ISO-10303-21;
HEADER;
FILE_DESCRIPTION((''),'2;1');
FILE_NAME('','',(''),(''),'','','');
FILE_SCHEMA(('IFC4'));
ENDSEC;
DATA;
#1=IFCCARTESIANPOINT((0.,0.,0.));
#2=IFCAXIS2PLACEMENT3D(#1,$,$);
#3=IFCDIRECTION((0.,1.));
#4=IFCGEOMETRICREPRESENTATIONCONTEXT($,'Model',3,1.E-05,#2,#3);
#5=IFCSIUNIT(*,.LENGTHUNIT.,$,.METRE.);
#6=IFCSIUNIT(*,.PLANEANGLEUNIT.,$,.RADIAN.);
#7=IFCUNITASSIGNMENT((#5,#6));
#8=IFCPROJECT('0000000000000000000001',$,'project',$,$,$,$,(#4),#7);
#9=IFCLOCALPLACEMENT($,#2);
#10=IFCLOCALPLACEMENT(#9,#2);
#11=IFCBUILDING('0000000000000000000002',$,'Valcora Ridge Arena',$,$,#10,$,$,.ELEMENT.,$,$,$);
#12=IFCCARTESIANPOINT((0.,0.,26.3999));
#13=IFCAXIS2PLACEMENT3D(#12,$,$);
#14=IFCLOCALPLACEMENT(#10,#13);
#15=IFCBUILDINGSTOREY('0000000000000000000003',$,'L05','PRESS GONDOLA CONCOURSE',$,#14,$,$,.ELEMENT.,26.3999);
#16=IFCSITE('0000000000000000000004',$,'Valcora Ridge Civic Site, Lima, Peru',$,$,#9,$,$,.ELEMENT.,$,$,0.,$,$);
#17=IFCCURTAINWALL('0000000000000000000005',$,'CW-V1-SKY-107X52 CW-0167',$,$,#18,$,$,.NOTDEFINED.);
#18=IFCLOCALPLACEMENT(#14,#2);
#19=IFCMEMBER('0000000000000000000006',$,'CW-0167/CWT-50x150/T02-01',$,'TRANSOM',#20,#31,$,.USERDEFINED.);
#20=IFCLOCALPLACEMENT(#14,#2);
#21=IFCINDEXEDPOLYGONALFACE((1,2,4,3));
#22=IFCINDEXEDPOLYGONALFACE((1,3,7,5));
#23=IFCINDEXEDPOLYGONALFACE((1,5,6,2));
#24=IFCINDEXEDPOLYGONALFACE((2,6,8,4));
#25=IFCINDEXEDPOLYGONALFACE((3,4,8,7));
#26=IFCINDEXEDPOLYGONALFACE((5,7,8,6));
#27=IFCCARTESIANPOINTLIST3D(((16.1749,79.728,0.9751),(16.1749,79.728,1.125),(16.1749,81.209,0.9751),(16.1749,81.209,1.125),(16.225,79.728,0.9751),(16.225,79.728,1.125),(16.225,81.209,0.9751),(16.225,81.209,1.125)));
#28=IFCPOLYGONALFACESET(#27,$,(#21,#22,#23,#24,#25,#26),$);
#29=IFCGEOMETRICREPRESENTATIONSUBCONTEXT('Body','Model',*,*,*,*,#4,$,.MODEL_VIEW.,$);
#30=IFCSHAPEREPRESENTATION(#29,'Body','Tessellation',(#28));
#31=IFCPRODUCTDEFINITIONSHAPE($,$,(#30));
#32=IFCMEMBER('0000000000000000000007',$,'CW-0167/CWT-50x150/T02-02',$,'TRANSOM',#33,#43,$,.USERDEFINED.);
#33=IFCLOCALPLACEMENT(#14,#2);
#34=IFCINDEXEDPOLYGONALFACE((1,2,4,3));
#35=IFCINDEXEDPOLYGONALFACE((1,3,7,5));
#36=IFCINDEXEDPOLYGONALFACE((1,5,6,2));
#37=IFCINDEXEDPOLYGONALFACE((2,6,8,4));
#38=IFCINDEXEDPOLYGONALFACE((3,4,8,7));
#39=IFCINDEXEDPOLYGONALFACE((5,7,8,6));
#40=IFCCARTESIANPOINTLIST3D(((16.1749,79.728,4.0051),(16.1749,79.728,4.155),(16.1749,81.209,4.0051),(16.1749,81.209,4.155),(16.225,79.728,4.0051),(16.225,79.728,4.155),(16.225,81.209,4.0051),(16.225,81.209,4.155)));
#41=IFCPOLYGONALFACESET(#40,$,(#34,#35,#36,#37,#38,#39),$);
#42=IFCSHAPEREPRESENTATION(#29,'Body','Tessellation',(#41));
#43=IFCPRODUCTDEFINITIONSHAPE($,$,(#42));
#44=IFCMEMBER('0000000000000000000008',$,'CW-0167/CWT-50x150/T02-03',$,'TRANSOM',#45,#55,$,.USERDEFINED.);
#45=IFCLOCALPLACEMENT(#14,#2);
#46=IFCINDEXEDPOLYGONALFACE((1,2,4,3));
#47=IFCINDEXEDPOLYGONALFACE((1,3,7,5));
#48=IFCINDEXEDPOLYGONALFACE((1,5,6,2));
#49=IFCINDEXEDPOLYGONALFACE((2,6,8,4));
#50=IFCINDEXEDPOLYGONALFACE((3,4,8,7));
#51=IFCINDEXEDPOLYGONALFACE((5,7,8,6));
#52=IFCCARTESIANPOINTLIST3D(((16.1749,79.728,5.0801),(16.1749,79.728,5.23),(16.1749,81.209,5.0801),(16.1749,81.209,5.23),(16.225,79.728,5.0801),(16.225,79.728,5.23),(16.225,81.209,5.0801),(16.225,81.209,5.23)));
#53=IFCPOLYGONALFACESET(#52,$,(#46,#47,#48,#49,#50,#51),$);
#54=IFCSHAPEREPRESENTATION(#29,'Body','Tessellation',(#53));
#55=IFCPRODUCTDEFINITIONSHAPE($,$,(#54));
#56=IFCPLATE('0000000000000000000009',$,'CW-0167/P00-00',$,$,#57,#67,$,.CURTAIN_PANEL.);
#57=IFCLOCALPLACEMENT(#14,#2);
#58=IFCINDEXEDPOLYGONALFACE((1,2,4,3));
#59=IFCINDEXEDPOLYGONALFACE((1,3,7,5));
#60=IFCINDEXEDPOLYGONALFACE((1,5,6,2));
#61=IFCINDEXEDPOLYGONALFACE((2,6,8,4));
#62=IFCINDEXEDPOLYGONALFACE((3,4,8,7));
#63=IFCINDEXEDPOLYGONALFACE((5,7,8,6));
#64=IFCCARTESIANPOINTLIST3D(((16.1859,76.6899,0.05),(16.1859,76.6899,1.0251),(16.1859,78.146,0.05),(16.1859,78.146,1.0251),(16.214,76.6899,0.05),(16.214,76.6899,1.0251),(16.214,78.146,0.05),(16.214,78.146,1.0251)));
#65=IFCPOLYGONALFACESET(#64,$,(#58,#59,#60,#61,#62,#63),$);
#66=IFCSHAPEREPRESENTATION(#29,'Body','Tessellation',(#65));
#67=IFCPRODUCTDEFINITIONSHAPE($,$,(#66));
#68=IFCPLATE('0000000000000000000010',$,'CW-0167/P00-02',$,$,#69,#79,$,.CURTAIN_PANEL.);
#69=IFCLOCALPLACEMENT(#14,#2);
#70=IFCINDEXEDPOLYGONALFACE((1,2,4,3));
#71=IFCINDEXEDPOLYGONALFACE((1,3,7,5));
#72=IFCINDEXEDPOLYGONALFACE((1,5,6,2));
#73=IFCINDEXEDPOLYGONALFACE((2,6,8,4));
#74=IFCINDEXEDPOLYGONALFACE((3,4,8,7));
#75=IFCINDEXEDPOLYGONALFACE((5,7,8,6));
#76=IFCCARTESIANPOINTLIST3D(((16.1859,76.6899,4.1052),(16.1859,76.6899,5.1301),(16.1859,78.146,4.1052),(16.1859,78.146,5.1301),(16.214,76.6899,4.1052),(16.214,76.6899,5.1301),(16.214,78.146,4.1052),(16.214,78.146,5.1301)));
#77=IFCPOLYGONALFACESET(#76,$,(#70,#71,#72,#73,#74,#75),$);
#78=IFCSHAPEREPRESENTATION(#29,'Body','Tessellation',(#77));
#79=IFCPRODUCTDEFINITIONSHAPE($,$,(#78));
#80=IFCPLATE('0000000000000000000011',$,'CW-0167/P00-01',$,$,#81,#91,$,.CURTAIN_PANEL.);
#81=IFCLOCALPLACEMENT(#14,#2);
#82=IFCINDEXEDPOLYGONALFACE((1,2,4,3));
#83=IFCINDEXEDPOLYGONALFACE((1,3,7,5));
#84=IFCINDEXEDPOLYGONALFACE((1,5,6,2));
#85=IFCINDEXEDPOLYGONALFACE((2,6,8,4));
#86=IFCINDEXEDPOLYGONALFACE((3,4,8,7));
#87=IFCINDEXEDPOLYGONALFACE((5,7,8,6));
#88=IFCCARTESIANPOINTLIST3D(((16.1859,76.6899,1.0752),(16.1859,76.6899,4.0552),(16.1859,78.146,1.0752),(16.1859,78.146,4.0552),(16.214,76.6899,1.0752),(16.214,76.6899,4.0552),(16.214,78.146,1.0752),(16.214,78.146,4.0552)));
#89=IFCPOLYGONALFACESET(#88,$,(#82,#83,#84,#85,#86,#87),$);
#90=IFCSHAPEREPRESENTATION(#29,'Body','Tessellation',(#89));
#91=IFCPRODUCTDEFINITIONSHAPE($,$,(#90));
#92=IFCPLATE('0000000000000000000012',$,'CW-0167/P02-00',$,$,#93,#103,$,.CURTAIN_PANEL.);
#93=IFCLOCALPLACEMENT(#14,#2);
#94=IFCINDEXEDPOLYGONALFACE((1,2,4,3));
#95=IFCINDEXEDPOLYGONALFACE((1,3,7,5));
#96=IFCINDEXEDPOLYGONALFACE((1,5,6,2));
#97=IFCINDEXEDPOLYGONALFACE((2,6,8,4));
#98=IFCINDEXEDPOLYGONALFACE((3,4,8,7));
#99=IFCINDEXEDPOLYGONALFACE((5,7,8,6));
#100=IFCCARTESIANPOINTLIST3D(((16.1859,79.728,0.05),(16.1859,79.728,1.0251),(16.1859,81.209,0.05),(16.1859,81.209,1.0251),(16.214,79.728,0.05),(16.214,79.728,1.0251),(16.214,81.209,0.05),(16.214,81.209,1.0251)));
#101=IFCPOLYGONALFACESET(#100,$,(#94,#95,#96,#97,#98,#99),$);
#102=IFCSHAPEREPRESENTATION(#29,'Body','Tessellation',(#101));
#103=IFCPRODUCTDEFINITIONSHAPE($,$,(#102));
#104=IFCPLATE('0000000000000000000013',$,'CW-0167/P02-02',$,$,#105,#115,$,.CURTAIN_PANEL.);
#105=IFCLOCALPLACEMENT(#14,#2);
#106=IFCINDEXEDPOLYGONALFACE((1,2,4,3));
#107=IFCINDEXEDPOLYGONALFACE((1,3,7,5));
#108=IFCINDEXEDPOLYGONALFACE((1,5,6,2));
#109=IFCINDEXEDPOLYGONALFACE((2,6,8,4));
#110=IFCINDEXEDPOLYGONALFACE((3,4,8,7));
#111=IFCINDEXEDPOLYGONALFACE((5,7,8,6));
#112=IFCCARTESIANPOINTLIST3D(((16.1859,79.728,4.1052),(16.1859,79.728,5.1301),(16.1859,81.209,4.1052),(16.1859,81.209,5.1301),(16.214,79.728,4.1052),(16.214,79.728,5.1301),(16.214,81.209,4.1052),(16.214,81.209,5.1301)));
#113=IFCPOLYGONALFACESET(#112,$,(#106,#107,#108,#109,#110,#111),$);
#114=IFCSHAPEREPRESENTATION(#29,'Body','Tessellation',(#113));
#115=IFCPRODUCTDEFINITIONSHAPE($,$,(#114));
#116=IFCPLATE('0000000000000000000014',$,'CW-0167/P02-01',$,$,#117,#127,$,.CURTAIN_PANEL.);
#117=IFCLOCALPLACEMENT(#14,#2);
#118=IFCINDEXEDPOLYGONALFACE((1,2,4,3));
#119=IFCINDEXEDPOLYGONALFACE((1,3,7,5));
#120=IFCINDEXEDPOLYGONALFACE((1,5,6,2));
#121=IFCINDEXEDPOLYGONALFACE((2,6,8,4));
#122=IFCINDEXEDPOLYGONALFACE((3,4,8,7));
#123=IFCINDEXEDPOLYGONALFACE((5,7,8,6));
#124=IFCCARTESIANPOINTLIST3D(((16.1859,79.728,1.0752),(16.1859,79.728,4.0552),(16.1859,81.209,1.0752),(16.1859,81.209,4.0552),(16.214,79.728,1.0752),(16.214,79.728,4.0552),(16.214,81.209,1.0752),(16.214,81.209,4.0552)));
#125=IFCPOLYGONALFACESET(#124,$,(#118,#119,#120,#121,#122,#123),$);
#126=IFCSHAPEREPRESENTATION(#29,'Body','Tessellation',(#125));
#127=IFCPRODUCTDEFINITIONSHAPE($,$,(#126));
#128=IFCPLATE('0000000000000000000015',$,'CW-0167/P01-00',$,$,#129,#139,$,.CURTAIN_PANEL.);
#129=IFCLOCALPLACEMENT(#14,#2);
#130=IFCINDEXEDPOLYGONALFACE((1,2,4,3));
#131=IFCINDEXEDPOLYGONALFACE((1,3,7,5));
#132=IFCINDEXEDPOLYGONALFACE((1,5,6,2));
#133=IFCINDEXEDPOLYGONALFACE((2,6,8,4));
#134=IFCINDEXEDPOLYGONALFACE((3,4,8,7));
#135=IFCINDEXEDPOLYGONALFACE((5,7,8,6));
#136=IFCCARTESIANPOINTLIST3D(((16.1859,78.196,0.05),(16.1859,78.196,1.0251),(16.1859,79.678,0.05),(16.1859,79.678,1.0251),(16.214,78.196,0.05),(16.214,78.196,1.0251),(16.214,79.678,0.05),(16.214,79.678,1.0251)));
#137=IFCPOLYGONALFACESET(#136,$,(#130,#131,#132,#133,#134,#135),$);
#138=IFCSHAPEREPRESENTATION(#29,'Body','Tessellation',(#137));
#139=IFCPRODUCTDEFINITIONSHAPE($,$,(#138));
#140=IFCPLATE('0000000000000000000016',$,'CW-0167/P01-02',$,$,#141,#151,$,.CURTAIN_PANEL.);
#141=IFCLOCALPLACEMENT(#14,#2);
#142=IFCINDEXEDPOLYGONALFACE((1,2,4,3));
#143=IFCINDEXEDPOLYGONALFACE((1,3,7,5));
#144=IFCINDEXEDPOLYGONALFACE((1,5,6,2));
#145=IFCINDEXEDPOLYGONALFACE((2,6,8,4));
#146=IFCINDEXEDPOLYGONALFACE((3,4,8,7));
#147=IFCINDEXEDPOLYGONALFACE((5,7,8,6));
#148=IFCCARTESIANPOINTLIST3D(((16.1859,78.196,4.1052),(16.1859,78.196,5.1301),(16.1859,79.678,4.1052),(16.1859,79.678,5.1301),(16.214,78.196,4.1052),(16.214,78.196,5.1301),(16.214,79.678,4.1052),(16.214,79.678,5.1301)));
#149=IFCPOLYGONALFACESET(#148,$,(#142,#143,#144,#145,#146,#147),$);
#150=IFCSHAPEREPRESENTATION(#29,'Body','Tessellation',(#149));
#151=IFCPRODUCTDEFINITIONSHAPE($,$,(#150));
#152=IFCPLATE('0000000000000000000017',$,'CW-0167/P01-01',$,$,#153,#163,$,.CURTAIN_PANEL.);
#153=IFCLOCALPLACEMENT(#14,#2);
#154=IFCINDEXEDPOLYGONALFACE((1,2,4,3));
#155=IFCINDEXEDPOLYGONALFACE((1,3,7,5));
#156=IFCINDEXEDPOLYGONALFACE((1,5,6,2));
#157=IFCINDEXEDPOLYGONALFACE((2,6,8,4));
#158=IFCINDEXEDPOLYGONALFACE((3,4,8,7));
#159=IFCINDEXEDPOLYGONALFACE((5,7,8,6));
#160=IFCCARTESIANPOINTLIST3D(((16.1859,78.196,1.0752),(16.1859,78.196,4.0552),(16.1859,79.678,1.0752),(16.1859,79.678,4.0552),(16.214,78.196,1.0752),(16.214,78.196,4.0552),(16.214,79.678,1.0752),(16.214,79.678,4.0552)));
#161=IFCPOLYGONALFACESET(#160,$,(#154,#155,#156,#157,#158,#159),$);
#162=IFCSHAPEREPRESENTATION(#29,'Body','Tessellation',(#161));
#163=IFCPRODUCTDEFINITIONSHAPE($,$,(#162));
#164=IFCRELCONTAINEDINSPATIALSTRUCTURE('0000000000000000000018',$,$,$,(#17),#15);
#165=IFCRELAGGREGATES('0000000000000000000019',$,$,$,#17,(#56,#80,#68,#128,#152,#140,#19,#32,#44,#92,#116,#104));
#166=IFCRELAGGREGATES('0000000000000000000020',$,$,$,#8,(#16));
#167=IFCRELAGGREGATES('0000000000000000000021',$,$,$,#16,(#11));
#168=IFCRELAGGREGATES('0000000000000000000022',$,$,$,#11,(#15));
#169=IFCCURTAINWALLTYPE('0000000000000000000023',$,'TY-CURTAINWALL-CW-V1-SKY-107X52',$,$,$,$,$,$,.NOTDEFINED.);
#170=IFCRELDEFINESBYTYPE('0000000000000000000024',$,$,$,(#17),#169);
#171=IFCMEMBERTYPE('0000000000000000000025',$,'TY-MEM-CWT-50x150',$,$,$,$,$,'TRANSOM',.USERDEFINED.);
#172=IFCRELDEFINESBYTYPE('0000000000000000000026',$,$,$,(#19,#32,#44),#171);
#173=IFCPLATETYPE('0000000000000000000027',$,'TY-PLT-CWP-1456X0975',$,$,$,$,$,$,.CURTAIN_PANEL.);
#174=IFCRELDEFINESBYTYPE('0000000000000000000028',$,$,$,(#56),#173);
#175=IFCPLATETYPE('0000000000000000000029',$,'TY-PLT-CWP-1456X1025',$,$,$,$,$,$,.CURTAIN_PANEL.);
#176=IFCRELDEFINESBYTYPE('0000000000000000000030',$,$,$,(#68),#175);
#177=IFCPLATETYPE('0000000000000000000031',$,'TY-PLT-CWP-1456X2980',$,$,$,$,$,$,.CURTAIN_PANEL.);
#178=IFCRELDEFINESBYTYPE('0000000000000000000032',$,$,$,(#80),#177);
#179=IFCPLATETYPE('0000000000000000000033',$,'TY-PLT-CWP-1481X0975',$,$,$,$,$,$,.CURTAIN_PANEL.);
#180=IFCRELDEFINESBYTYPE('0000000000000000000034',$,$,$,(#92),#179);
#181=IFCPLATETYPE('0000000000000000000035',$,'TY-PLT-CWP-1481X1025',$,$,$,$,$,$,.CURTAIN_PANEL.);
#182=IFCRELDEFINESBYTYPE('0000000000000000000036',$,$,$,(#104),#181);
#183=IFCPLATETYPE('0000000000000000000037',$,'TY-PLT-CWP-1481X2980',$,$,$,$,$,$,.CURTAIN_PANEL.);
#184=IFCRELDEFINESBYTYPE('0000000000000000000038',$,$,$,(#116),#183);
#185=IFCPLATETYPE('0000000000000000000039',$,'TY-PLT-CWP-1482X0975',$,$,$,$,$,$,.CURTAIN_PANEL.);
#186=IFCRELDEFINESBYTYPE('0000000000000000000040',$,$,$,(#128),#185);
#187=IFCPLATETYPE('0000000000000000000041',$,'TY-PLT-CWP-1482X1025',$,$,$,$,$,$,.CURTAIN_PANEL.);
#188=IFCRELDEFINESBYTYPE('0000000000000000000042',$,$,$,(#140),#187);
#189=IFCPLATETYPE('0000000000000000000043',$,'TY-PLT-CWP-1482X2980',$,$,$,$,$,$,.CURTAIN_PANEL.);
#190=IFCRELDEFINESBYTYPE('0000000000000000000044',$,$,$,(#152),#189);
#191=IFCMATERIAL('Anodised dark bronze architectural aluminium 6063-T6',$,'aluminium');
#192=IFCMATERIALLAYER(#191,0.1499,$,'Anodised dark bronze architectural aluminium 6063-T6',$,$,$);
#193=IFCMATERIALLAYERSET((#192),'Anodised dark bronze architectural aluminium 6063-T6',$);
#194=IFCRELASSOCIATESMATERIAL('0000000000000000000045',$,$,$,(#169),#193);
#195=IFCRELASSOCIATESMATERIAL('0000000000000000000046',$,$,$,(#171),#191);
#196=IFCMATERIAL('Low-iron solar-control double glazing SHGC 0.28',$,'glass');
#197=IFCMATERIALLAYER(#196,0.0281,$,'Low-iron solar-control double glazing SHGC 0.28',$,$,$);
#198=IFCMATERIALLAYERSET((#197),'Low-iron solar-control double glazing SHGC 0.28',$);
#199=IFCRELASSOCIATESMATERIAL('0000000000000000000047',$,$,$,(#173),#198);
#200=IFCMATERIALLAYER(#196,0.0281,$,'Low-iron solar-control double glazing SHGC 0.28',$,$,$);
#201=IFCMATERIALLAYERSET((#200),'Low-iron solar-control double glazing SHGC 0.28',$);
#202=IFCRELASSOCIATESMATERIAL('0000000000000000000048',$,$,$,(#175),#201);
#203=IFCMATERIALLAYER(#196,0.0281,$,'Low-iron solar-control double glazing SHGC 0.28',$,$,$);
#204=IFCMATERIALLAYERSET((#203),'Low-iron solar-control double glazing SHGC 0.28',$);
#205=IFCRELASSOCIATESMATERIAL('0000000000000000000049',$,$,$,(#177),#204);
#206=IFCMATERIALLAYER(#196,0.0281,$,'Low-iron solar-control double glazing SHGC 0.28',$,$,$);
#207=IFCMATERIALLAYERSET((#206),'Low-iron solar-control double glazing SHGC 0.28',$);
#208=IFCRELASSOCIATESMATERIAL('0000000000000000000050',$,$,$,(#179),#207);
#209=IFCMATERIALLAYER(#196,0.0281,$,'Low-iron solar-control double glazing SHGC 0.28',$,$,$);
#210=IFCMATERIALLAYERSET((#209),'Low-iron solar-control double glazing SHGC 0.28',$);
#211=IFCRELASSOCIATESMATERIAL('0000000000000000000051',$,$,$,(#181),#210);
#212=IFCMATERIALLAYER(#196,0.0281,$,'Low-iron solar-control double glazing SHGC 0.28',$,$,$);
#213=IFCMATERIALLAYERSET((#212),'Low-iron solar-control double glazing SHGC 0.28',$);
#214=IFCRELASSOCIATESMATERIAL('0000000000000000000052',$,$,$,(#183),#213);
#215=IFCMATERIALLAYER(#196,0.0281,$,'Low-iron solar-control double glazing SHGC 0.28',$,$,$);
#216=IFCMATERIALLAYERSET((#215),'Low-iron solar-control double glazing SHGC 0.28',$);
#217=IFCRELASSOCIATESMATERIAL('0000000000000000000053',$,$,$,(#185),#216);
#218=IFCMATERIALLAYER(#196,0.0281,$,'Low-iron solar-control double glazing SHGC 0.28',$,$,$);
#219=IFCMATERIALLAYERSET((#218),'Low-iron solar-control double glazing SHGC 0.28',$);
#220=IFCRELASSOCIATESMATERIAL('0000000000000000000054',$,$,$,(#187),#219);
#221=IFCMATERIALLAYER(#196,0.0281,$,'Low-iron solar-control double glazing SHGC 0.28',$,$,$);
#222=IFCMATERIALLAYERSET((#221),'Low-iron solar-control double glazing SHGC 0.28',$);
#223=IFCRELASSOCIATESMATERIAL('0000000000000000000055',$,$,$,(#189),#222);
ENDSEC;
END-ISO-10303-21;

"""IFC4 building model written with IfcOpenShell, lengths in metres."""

from ifc_helpers import new_model, si_unit, direction, frame, origin, origin_2d, place, context, subcontext, project, spatial, rectangle, extrude, material, layer, layer_set, material_profile, profile_set, type_object, element, aggregate, save


model = new_model("IFC4")

# Units and contexts
model_context = context("Model", 3, precision=1e-05, world=origin(), true_north=direction((0.0, 1.0)))
body_context = subcontext(model_context, "Body", "Model", "MODEL_VIEW")
ifc_project = project(units=[si_unit("LENGTHUNIT", "METRE"), si_unit("PLANEANGLEUNIT", "RADIAN")], contexts=[model_context])

# Site, building, storey
site_placement = place(None, origin())
site = spatial("IfcSite", under=ifc_project, at=site_placement, Name="Valcora Ridge Civic Site, Lima, Peru", CompositionType="ELEMENT", RefElevation=0.0)
building_placement = place(site_placement, origin())
building = spatial("IfcBuilding", under=site, at=building_placement, Name="Valcora Ridge Arena", CompositionType="ELEMENT")
storey_placement = place(building_placement, frame((0.0, 0.0, 26.3999)))
storey = spatial("IfcBuildingStorey", under=building, at=storey_placement, Name="L05", Description="PRESS GONDOLA CONCOURSE", CompositionType="ELEMENT", Elevation=26.3999)

# Shared definitions
ifc_material_1 = material(Name="Anodised dark bronze architectural aluminium 6063-T6", Category="aluminium")

# Curtain wall, members, plates
ifc_layer_1 = layer(ifc_material_1, 0.1499, Name="Anodised dark bronze architectural aluminium 6063-T6")
ifc_layer_set_1 = layer_set([ifc_layer_1], Name="Anodised dark bronze architectural aluminium 6063-T6")
curtain_wall_type_1 = type_object("IfcCurtainWallType", Name="TY-CURTAINWALL-CW-V1-SKY-107X52", PredefinedType="NOTDEFINED", material=ifc_layer_set_1)
curtain_wall_1_placement = place(storey_placement, origin())
curtain_wall_1 = element("IfcCurtainWall", 1, at=curtain_wall_1_placement, inside=storey, type_object=curtain_wall_type_1, Name="CW-V1-SKY-107X52 CW-0167", PredefinedType="NOTDEFINED")
ifc_material_profile_1 = material_profile(ifc_material_1, rectangle(XDim=0.05, YDim=0.1499, at=origin_2d()), Name="ALU TRANSOM 50x150")
ifc_profile_set_1 = profile_set([ifc_material_profile_1], Name="Anodised dark bronze architectural aluminium 6063-T6")
member_type_1 = type_object("IfcMemberType", Name="TY-MEM-CWT-50x150", ElementType="TRANSOM", PredefinedType="USERDEFINED", material=ifc_profile_set_1)
member_1_placement = place(storey_placement, frame((16.2, 79.728, 1.05), z_axis=(0.0, 1.0, 0.0), x_axis=(-1.0, 0.0, 0.0)))
member_1 = element("IfcMember", 2, at=member_1_placement, type_object=member_type_1, Name="CW-0167/CWT-50x150/T02-01", ObjectType="TRANSOM", PredefinedType="USERDEFINED", context=body_context, shape_type="SweptSolid", body=[
    extrude(rectangle(XDim=0.05, YDim=0.1499, at=origin_2d()), origin(), (0.0, 0.0, 1.0), 1.481),
])
member_2_placement = place(storey_placement, frame((16.2, 79.728, 4.0801), z_axis=(0.0, 1.0, 0.0), x_axis=(-1.0, 0.0, 0.0)))
member_2 = element("IfcMember", 3, at=member_2_placement, type_object=member_type_1, Name="CW-0167/CWT-50x150/T02-02", ObjectType="TRANSOM", PredefinedType="USERDEFINED", context=body_context, shape_type="SweptSolid", body=[
    extrude(rectangle(XDim=0.05, YDim=0.1499, at=origin_2d()), origin(), (0.0, 0.0, 1.0), 1.481),
])
member_3_placement = place(storey_placement, frame((16.2, 79.728, 5.155), z_axis=(0.0, 1.0, 0.0), x_axis=(-1.0, 0.0, 0.0)))
member_3 = element("IfcMember", 4, at=member_3_placement, type_object=member_type_1, Name="CW-0167/CWT-50x150/T02-03", ObjectType="TRANSOM", PredefinedType="USERDEFINED", context=body_context, shape_type="SweptSolid", body=[
    extrude(rectangle(XDim=0.05, YDim=0.1499, at=origin_2d()), origin(), (0.0, 0.0, 1.0), 1.481),
])
ifc_material_2 = material(Name="Low-iron solar-control double glazing SHGC 0.28", Category="glass")
ifc_layer_2 = layer(ifc_material_2, 0.0281, Name="Low-iron solar-control double glazing SHGC 0.28")
ifc_layer_set_2 = layer_set([ifc_layer_2], Name="Low-iron solar-control double glazing SHGC 0.28")
plate_type_1 = type_object("IfcPlateType", Name="TY-PLT-CWP-1456X0975", PredefinedType="CURTAIN_PANEL", material=ifc_layer_set_2)
plate_1_placement = place(storey_placement, frame((16.2, 77.418, 0.05), z_axis=(0.0, 0.0, 1.0), x_axis=(0.0, 1.0, 0.0)))
plate_1 = element("IfcPlate", 5, at=plate_1_placement, type_object=plate_type_1, Name="CW-0167/P00-00", PredefinedType="CURTAIN_PANEL", context=body_context, shape_type="SweptSolid", body=[
    extrude(rectangle(XDim=1.4561, YDim=0.0281, at=origin_2d()), origin(), (0.0, 0.0, 1.0), 0.9751),
])
ifc_layer_3 = layer(ifc_material_2, 0.0281, Name="Low-iron solar-control double glazing SHGC 0.28")
ifc_layer_set_3 = layer_set([ifc_layer_3], Name="Low-iron solar-control double glazing SHGC 0.28")
plate_type_2 = type_object("IfcPlateType", Name="TY-PLT-CWP-1456X1025", PredefinedType="CURTAIN_PANEL", material=ifc_layer_set_3)
plate_2_placement = place(storey_placement, frame((16.2, 77.418, 4.1052), z_axis=(0.0, 0.0, 1.0), x_axis=(0.0, 1.0, 0.0)))
plate_2 = element("IfcPlate", 6, at=plate_2_placement, type_object=plate_type_2, Name="CW-0167/P00-02", PredefinedType="CURTAIN_PANEL", context=body_context, shape_type="SweptSolid", body=[
    extrude(rectangle(XDim=1.4561, YDim=0.0281, at=origin_2d()), origin(), (0.0, 0.0, 1.0), 1.0249),
])
ifc_layer_4 = layer(ifc_material_2, 0.0281, Name="Low-iron solar-control double glazing SHGC 0.28")
ifc_layer_set_4 = layer_set([ifc_layer_4], Name="Low-iron solar-control double glazing SHGC 0.28")
plate_type_3 = type_object("IfcPlateType", Name="TY-PLT-CWP-1456X2980", PredefinedType="CURTAIN_PANEL", material=ifc_layer_set_4)
plate_3_placement = place(storey_placement, frame((16.2, 77.418, 1.0752), z_axis=(0.0, 0.0, 1.0), x_axis=(0.0, 1.0, 0.0)))
plate_3 = element("IfcPlate", 7, at=plate_3_placement, type_object=plate_type_3, Name="CW-0167/P00-01", PredefinedType="CURTAIN_PANEL", context=body_context, shape_type="SweptSolid", body=[
    extrude(rectangle(XDim=1.4561, YDim=0.0281, at=origin_2d()), origin(), (0.0, 0.0, 1.0), 2.98),
])
ifc_layer_5 = layer(ifc_material_2, 0.0281, Name="Low-iron solar-control double glazing SHGC 0.28")
ifc_layer_set_5 = layer_set([ifc_layer_5], Name="Low-iron solar-control double glazing SHGC 0.28")
plate_type_4 = type_object("IfcPlateType", Name="TY-PLT-CWP-1481X0975", PredefinedType="CURTAIN_PANEL", material=ifc_layer_set_5)
plate_4_placement = place(storey_placement, frame((16.2, 80.4685, 0.05), z_axis=(0.0, 0.0, 1.0), x_axis=(0.0, 1.0, 0.0)))
plate_4 = element("IfcPlate", 8, at=plate_4_placement, type_object=plate_type_4, Name="CW-0167/P02-00", PredefinedType="CURTAIN_PANEL", context=body_context, shape_type="SweptSolid", body=[
    extrude(rectangle(XDim=1.481, YDim=0.0281, at=origin_2d()), origin(), (0.0, 0.0, 1.0), 0.9751),
])
ifc_layer_6 = layer(ifc_material_2, 0.0281, Name="Low-iron solar-control double glazing SHGC 0.28")
ifc_layer_set_6 = layer_set([ifc_layer_6], Name="Low-iron solar-control double glazing SHGC 0.28")
plate_type_5 = type_object("IfcPlateType", Name="TY-PLT-CWP-1481X1025", PredefinedType="CURTAIN_PANEL", material=ifc_layer_set_6)
plate_5_placement = place(storey_placement, frame((16.2, 80.4685, 4.1052), z_axis=(0.0, 0.0, 1.0), x_axis=(0.0, 1.0, 0.0)))
plate_5 = element("IfcPlate", 9, at=plate_5_placement, type_object=plate_type_5, Name="CW-0167/P02-02", PredefinedType="CURTAIN_PANEL", context=body_context, shape_type="SweptSolid", body=[
    extrude(rectangle(XDim=1.481, YDim=0.0281, at=origin_2d()), origin(), (0.0, 0.0, 1.0), 1.0249),
])
ifc_layer_7 = layer(ifc_material_2, 0.0281, Name="Low-iron solar-control double glazing SHGC 0.28")
ifc_layer_set_7 = layer_set([ifc_layer_7], Name="Low-iron solar-control double glazing SHGC 0.28")
plate_type_6 = type_object("IfcPlateType", Name="TY-PLT-CWP-1481X2980", PredefinedType="CURTAIN_PANEL", material=ifc_layer_set_7)
plate_6_placement = place(storey_placement, frame((16.2, 80.4685, 1.0752), z_axis=(0.0, 0.0, 1.0), x_axis=(0.0, 1.0, 0.0)))
plate_6 = element("IfcPlate", 10, at=plate_6_placement, type_object=plate_type_6, Name="CW-0167/P02-01", PredefinedType="CURTAIN_PANEL", context=body_context, shape_type="SweptSolid", body=[
    extrude(rectangle(XDim=1.481, YDim=0.0281, at=origin_2d()), origin(), (0.0, 0.0, 1.0), 2.98),
])
ifc_layer_8 = layer(ifc_material_2, 0.0281, Name="Low-iron solar-control double glazing SHGC 0.28")
ifc_layer_set_8 = layer_set([ifc_layer_8], Name="Low-iron solar-control double glazing SHGC 0.28")
plate_type_7 = type_object("IfcPlateType", Name="TY-PLT-CWP-1482X0975", PredefinedType="CURTAIN_PANEL", material=ifc_layer_set_8)
plate_7_placement = place(storey_placement, frame((16.2, 78.937, 0.05), z_axis=(0.0, 0.0, 1.0), x_axis=(0.0, 1.0, 0.0)))
plate_7 = element("IfcPlate", 11, at=plate_7_placement, type_object=plate_type_7, Name="CW-0167/P01-00", PredefinedType="CURTAIN_PANEL", context=body_context, shape_type="SweptSolid", body=[
    extrude(rectangle(XDim=1.4819, YDim=0.0281, at=origin_2d()), origin(), (0.0, 0.0, 1.0), 0.9751),
])
ifc_layer_9 = layer(ifc_material_2, 0.0281, Name="Low-iron solar-control double glazing SHGC 0.28")
ifc_layer_set_9 = layer_set([ifc_layer_9], Name="Low-iron solar-control double glazing SHGC 0.28")
plate_type_8 = type_object("IfcPlateType", Name="TY-PLT-CWP-1482X1025", PredefinedType="CURTAIN_PANEL", material=ifc_layer_set_9)
plate_8_placement = place(storey_placement, frame((16.2, 78.937, 4.1052), z_axis=(0.0, 0.0, 1.0), x_axis=(0.0, 1.0, 0.0)))
plate_8 = element("IfcPlate", 12, at=plate_8_placement, type_object=plate_type_8, Name="CW-0167/P01-02", PredefinedType="CURTAIN_PANEL", context=body_context, shape_type="SweptSolid", body=[
    extrude(rectangle(XDim=1.4819, YDim=0.0281, at=origin_2d()), origin(), (0.0, 0.0, 1.0), 1.0249),
])
ifc_layer_10 = layer(ifc_material_2, 0.0281, Name="Low-iron solar-control double glazing SHGC 0.28")
ifc_layer_set_10 = layer_set([ifc_layer_10], Name="Low-iron solar-control double glazing SHGC 0.28")
plate_type_9 = type_object("IfcPlateType", Name="TY-PLT-CWP-1482X2980", PredefinedType="CURTAIN_PANEL", material=ifc_layer_set_10)
plate_9_placement = place(storey_placement, frame((16.2, 78.937, 1.0752), z_axis=(0.0, 0.0, 1.0), x_axis=(0.0, 1.0, 0.0)))
plate_9 = element("IfcPlate", 13, at=plate_9_placement, type_object=plate_type_9, Name="CW-0167/P01-01", PredefinedType="CURTAIN_PANEL", context=body_context, shape_type="SweptSolid", body=[
    extrude(rectangle(XDim=1.4819, YDim=0.0281, at=origin_2d()), origin(), (0.0, 0.0, 1.0), 2.98),
])
aggregate(curtain_wall_1, [plate_1, plate_3, plate_2, plate_7, plate_9, plate_8, member_1, member_2, member_3, plate_4, plate_6, plate_5])

save(model, "model.ifc")
